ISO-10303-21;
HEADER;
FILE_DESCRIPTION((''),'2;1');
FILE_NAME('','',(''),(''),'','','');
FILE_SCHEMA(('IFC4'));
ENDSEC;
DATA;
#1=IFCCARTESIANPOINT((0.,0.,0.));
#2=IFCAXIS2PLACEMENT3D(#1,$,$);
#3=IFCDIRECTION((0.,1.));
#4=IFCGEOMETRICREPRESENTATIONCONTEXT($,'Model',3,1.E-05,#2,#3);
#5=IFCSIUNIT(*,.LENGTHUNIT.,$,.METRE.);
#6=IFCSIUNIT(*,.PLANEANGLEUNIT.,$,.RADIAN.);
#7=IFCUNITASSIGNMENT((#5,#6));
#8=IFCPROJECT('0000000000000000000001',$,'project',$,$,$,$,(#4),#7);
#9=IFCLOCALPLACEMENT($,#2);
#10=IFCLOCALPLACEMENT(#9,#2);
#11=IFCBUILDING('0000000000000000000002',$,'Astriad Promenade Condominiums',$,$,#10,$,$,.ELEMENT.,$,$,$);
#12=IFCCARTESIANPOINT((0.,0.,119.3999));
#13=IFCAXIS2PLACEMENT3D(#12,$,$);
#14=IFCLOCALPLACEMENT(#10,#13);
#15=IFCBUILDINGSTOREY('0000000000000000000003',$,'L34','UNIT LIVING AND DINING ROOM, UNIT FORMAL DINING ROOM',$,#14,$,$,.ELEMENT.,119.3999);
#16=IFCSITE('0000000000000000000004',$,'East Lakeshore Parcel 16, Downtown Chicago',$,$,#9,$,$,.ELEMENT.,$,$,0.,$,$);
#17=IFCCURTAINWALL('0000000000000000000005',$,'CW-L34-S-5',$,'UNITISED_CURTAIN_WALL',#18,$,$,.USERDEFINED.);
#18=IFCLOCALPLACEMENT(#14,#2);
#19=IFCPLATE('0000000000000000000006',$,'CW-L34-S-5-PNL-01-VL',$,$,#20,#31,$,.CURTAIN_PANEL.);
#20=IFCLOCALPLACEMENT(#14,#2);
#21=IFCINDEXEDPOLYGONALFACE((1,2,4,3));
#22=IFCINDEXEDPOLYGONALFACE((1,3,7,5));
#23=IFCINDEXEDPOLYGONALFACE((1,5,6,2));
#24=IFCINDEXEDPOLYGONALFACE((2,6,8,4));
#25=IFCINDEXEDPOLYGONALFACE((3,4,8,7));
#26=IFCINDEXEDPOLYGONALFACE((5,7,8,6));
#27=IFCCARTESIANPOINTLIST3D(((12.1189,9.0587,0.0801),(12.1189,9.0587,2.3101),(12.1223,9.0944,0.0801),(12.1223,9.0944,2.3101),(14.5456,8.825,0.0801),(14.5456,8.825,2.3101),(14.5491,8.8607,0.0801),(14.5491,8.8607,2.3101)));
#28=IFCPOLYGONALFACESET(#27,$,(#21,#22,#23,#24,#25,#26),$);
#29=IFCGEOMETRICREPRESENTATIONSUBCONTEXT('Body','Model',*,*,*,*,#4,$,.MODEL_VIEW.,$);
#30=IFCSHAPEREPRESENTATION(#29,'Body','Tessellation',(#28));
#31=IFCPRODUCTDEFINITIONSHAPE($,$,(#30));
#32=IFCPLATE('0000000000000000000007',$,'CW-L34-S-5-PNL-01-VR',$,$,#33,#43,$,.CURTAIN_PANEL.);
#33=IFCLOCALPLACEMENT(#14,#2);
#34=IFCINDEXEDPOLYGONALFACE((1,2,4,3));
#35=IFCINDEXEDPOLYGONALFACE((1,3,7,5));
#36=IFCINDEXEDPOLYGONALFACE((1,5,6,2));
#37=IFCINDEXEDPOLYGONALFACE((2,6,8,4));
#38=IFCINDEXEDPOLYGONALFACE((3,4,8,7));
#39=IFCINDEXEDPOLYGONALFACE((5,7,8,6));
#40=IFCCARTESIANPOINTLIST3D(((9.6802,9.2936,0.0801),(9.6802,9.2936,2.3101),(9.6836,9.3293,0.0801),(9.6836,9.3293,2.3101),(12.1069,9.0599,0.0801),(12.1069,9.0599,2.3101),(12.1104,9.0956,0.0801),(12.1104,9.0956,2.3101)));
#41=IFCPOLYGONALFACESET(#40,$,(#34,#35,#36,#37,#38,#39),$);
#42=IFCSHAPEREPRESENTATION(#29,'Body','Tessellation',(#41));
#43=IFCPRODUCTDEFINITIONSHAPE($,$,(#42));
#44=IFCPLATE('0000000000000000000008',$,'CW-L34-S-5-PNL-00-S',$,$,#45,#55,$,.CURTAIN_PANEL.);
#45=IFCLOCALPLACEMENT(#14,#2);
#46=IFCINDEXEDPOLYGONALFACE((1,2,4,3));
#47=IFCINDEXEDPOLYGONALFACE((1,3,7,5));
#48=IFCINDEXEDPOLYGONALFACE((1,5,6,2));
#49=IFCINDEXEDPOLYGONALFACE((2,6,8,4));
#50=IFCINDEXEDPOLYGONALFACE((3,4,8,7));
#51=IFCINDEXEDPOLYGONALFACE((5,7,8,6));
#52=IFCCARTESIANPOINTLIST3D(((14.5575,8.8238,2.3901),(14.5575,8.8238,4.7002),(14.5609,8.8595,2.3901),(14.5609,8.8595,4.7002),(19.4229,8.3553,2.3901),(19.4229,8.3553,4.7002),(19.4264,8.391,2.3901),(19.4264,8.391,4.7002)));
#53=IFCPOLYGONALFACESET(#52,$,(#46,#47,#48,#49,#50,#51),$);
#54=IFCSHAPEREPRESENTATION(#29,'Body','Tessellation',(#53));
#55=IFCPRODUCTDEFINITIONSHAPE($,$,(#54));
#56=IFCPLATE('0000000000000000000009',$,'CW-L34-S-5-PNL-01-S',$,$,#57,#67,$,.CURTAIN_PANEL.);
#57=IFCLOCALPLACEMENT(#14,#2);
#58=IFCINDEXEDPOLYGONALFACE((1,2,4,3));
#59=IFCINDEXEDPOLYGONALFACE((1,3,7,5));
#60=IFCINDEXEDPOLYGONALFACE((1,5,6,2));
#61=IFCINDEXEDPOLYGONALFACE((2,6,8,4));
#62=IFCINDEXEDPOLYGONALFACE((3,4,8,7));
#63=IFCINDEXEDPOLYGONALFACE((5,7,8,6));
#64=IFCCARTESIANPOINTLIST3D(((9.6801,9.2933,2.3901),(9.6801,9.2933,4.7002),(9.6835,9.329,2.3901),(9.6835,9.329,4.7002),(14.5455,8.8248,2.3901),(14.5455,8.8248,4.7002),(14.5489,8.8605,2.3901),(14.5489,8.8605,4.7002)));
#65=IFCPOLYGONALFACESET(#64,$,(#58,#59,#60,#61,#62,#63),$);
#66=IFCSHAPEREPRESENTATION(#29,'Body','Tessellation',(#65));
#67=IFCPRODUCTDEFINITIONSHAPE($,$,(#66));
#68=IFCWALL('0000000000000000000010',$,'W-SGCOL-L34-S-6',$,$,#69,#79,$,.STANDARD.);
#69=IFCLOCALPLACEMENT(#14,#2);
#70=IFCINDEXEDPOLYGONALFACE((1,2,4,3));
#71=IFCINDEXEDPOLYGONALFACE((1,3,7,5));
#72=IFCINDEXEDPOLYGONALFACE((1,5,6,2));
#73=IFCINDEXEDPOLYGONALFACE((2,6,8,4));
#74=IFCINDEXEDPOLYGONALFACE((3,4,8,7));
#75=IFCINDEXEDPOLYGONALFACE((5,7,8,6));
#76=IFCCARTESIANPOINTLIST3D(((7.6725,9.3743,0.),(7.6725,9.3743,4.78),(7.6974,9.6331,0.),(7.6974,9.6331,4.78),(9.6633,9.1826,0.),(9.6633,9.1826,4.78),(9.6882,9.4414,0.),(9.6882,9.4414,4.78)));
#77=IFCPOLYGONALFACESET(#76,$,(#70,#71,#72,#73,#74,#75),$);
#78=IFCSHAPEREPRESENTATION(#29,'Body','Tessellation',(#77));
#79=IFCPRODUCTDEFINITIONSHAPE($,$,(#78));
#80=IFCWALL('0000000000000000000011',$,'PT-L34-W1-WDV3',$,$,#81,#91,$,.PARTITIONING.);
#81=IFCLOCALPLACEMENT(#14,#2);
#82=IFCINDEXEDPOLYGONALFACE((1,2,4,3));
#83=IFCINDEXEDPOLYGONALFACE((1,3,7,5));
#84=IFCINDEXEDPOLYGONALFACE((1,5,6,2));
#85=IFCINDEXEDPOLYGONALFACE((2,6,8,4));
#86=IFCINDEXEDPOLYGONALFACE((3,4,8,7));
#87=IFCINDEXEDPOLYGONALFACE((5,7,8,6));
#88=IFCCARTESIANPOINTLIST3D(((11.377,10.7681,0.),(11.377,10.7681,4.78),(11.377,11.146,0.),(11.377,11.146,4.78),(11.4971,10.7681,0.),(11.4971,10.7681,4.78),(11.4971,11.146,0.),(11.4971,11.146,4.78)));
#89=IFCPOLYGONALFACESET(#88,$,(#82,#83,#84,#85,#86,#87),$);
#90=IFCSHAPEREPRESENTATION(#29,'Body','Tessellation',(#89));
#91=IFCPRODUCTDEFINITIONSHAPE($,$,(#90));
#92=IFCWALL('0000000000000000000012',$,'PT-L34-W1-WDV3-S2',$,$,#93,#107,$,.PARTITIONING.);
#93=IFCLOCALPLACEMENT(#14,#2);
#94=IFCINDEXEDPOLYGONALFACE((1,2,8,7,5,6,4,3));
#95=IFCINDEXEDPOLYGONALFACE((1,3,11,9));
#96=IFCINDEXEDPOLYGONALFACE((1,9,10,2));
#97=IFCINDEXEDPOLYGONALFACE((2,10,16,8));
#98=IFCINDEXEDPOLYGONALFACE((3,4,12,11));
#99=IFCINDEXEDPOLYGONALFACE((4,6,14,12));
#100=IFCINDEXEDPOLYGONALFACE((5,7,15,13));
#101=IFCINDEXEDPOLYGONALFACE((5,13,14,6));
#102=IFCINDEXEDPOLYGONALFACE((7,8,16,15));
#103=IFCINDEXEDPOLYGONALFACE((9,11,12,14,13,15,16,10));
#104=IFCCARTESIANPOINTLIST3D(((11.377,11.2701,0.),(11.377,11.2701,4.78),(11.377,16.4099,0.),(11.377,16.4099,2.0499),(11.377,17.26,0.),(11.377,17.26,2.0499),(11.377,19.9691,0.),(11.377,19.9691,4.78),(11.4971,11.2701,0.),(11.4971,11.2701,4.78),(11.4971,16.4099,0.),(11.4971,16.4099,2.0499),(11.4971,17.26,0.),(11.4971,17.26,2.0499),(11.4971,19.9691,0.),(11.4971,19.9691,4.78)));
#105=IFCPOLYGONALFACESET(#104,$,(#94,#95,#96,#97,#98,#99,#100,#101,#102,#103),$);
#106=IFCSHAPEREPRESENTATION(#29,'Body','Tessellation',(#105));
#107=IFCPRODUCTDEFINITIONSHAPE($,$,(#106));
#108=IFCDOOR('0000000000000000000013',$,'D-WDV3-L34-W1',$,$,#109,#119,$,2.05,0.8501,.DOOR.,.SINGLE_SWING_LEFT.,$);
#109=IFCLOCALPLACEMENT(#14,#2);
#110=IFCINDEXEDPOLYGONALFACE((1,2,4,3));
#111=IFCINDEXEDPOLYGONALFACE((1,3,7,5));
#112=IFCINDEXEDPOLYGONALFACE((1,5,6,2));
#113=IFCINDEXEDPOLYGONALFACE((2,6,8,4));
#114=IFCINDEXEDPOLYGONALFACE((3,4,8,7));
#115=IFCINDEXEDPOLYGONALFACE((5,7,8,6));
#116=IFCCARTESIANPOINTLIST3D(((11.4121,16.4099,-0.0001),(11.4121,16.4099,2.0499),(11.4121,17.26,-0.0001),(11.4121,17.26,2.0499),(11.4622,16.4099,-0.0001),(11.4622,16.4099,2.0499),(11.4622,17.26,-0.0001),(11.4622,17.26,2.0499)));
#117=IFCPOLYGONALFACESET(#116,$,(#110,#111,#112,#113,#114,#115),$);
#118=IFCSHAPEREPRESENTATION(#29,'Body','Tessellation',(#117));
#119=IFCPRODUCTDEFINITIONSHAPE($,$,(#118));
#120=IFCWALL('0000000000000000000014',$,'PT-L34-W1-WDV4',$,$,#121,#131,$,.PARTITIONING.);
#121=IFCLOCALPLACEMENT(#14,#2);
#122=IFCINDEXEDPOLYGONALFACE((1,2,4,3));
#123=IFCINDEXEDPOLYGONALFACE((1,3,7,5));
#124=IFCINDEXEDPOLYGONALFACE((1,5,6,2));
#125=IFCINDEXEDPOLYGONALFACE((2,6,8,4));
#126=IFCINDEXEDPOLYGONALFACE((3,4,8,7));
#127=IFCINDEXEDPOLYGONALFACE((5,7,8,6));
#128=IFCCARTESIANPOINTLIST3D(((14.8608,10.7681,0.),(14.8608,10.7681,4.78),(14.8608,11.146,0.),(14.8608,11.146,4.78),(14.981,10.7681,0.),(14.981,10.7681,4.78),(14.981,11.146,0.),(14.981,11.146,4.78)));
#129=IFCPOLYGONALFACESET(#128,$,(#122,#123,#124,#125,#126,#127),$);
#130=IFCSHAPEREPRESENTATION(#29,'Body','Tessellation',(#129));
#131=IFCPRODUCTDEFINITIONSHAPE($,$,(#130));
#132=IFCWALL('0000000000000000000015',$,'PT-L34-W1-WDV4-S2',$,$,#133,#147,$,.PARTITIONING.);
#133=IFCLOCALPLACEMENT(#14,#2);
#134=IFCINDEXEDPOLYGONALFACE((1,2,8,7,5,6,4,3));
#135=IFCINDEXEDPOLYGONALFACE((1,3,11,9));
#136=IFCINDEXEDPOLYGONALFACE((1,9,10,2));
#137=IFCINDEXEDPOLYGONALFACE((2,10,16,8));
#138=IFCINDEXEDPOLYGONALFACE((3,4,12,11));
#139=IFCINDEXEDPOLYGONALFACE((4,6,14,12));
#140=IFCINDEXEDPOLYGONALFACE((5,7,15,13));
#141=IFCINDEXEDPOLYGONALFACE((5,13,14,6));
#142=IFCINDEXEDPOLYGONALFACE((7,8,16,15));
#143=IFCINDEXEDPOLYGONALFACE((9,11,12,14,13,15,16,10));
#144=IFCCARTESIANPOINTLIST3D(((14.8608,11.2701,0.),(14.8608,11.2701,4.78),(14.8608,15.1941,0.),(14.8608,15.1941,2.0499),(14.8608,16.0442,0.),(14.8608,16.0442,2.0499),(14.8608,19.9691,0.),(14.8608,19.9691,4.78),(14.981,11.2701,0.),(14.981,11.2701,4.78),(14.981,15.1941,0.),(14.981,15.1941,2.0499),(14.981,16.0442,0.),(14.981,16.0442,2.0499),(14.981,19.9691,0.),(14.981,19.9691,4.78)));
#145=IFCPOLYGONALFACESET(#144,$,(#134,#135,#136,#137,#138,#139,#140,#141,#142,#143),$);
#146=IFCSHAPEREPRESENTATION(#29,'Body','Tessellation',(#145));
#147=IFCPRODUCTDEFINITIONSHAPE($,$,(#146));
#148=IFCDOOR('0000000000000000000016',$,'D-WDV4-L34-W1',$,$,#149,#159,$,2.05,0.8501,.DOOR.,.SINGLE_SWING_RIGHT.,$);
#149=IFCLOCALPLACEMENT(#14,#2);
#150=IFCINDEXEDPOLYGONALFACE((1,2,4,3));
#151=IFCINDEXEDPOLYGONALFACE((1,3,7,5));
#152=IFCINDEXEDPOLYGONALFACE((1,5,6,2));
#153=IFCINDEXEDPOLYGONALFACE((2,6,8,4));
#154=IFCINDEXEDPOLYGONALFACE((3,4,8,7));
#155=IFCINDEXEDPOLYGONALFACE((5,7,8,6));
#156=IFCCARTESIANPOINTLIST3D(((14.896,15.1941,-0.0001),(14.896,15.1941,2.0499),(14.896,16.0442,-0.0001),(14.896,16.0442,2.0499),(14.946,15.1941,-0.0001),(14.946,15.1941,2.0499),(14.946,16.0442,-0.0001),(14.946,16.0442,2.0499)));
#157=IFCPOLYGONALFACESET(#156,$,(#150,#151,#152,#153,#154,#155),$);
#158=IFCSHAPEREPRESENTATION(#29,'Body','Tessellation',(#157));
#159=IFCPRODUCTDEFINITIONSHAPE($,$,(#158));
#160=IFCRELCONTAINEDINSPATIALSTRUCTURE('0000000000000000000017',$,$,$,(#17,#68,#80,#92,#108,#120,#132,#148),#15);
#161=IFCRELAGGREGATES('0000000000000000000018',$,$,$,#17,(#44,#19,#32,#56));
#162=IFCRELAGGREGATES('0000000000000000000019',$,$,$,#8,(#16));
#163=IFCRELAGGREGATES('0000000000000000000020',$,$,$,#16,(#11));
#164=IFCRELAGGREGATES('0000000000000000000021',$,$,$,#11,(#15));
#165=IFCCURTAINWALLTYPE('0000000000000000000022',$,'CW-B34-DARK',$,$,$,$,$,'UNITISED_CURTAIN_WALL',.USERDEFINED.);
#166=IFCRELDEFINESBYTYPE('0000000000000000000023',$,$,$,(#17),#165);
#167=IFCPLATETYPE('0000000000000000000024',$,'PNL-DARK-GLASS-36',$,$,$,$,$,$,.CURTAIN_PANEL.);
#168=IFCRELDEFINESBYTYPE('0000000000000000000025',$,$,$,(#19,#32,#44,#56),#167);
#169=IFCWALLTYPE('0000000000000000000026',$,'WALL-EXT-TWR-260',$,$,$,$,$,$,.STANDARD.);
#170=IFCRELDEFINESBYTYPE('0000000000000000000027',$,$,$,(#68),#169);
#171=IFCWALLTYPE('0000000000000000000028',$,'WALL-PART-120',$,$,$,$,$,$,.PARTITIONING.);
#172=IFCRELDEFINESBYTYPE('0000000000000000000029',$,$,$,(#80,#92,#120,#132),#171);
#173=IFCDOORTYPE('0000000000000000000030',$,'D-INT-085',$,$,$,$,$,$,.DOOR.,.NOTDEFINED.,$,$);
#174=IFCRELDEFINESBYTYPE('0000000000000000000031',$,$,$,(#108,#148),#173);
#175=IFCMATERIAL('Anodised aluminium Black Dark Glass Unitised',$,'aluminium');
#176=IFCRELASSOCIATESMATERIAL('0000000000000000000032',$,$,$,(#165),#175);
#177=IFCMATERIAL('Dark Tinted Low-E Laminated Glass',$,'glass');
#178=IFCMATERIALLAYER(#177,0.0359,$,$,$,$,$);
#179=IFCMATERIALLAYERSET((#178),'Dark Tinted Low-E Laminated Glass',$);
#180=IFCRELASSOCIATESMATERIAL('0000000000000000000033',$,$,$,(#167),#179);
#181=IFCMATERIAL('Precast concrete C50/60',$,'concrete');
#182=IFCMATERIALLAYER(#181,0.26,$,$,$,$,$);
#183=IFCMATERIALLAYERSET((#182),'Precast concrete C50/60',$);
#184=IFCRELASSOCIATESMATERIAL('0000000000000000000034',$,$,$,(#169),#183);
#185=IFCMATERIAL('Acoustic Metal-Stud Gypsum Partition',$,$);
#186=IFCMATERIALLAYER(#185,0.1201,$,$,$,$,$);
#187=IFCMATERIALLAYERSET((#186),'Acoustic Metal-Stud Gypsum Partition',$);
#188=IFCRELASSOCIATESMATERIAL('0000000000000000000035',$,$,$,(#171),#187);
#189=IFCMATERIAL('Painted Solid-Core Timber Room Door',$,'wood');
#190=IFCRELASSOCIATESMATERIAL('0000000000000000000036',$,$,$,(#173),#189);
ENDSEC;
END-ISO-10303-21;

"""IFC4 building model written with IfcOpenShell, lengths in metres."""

from ifc_helpers import new_model, si_unit, direction, frame, frame_2d, origin, origin_2d, place, context, subcontext, project, spatial, rectangle, extrude, source, transform, mapped, material, layer, layer_set, type_object, type_shapes, element, fill, aggregate, save


model = new_model("IFC4")

# Units and contexts
model_context = context("Model", 3, precision=1e-05, world=origin(), true_north=direction((0.0, 1.0)))
body_context = subcontext(model_context, "Body", "Model", "MODEL_VIEW")
ifc_project = project(units=[si_unit("LENGTHUNIT", "METRE"), si_unit("PLANEANGLEUNIT", "RADIAN")], contexts=[model_context])

# Site, building, storey
site_placement = place(None, origin())
site = spatial("IfcSite", under=ifc_project, at=site_placement, Name="East Lakeshore Parcel 16, Downtown Chicago", CompositionType="ELEMENT", RefElevation=0.0)
building_placement = place(site_placement, origin())
building = spatial("IfcBuilding", under=site, at=building_placement, Name="Astriad Promenade Condominiums", CompositionType="ELEMENT")
storey_placement = place(building_placement, frame((0.0, 0.0, 119.3999)))
storey = spatial("IfcBuildingStorey", under=building, at=storey_placement, Name="L34", Description="UNIT LIVING AND DINING ROOM, UNIT FORMAL DINING ROOM", CompositionType="ELEMENT", Elevation=119.3999)

# Curtain wall
ifc_material_1 = material(Name="Anodised aluminium Black Dark Glass Unitised", Category="aluminium")
curtain_wall_type = type_object("IfcCurtainWallType", Name="CW-B34-DARK", ElementType="UNITISED_CURTAIN_WALL", PredefinedType="USERDEFINED", material=ifc_material_1)
curtain_wall_placement = place(storey_placement, origin())
curtain_wall = element("IfcCurtainWall", 1, at=curtain_wall_placement, inside=storey, type_object=curtain_wall_type, Name="CW-L34-S-5", ObjectType="UNITISED_CURTAIN_WALL", PredefinedType="USERDEFINED")

# Plates
ifc_material_2 = material(Name="Dark Tinted Low-E Laminated Glass", Category="glass")
ifc_layer_1 = layer(ifc_material_2, 0.0359)
ifc_layer_set_1 = layer_set([ifc_layer_1], Name="Dark Tinted Low-E Laminated Glass")
plate_type_1 = type_object("IfcPlateType", Name="PNL-DARK-GLASS-36", PredefinedType="CURTAIN_PANEL", material=ifc_layer_set_1)
shared_shape_1 = source(origin(), body_context, "Body", "SweptSolid", [
    extrude(rectangle(XDim=2.438, YDim=0.0359, at=origin_2d()), origin(), (0.0, 0.0, 1.0), 2.23),
])
plate_1_placement = place(storey_placement, frame((13.334, 8.9597, 0.0801), z_axis=(0.0, 0.0, 1.0), x_axis=(-0.995396, 0.095846, 0.0)))
plate_1 = element("IfcPlate", 2, at=plate_1_placement, type_object=plate_type_1, Name="CW-L34-S-5-PNL-01-VL", PredefinedType="CURTAIN_PANEL", context=body_context, shape_type="MappedRepresentation", body=[
    mapped(shared_shape_1, transform((0.0, 0.0, 0.0), scale=1.0)),
])
plate_2_placement = place(storey_placement, frame((10.8953, 9.1946, 0.0801), z_axis=(0.0, 0.0, 1.0), x_axis=(-0.995396, 0.095846, 0.0)))
plate_2 = element("IfcPlate", 3, at=plate_2_placement, type_object=plate_type_1, Name="CW-L34-S-5-PNL-01-VR", PredefinedType="CURTAIN_PANEL", context=body_context, shape_type="MappedRepresentation", body=[
    mapped(shared_shape_1, transform((0.0, 0.0, 0.0), scale=1.0)),
])
shared_shape_2 = source(origin(), body_context, "Body", "SweptSolid", [
    extrude(rectangle(XDim=4.8879, YDim=0.0359, at=origin_2d()), origin(), (0.0, 0.0, 1.0), 2.3101),
])
type_shapes(plate_type_1, [shared_shape_1, shared_shape_2])
plate_3_placement = place(storey_placement, frame((16.9919, 8.6074, 2.3901), z_axis=(0.0, 0.0, 1.0), x_axis=(-0.995396, 0.095846, 0.0)))
plate_3 = element("IfcPlate", 4, at=plate_3_placement, type_object=plate_type_1, Name="CW-L34-S-5-PNL-00-S", PredefinedType="CURTAIN_PANEL", context=body_context, shape_type="MappedRepresentation", body=[
    mapped(shared_shape_2, transform((0.0, 0.0, 0.0), scale=1.0)),
])
plate_4_placement = place(storey_placement, frame((12.1145, 9.0769, 2.3901), z_axis=(0.0, 0.0, 1.0), x_axis=(-0.995396, 0.095846, 0.0)))
plate_4 = element("IfcPlate", 5, at=plate_4_placement, type_object=plate_type_1, Name="CW-L34-S-5-PNL-01-S", PredefinedType="CURTAIN_PANEL", context=body_context, shape_type="MappedRepresentation", body=[
    mapped(shared_shape_2, transform((0.0, 0.0, 0.0), scale=1.0)),
])
aggregate(curtain_wall, [plate_3, plate_1, plate_2, plate_4])

# Walls
ifc_material_3 = material(Name="Precast concrete C50/60", Category="concrete")
ifc_layer_2 = layer(ifc_material_3, 0.26)
ifc_layer_set_2 = layer_set([ifc_layer_2], Name="Precast concrete C50/60")
wall_type_1 = type_object("IfcWallType", Name="WALL-EXT-TWR-260", PredefinedType="STANDARD", material=ifc_layer_set_2)
wall_1_placement = place(storey_placement, frame((9.6758, 9.312, 0.0), z_axis=(0.0, 0.0, 1.0), x_axis=(-0.995398, 0.095829, 0.0)))
element("IfcWall", 6, at=wall_1_placement, inside=storey, type_object=wall_type_1, Name="W-SGCOL-L34-S-6", PredefinedType="STANDARD", context=body_context, shape_type="SweptSolid", body=[
    extrude(rectangle(XDim=2.0, YDim=0.26, at=frame_2d((1.0, 0.0))), origin(), (0.0, 0.0, 1.0), 4.78),
])
ifc_material_4 = material(Name="Acoustic Metal-Stud Gypsum Partition")
ifc_layer_3 = layer(ifc_material_4, 0.1201)
ifc_layer_set_3 = layer_set([ifc_layer_3], Name="Acoustic Metal-Stud Gypsum Partition")
wall_type_2 = type_object("IfcWallType", Name="WALL-PART-120", PredefinedType="PARTITIONING", material=ifc_layer_set_3)
wall_2_placement = place(storey_placement, frame((11.437, 10.7681, 0.0), z_axis=(0.0, 0.0, 1.0), x_axis=(0.0, 1.0, 0.0)))
element("IfcWall", 7, at=wall_2_placement, inside=storey, type_object=wall_type_2, Name="PT-L34-W1-WDV3", PredefinedType="PARTITIONING", context=body_context, shape_type="SweptSolid", body=[
    extrude(rectangle(XDim=0.3779, YDim=0.1201, at=frame_2d((0.189, 0.0))), origin(), (0.0, 0.0, 1.0), 4.78),
])

# Wall, opening, door
wall_3_placement = place(storey_placement, frame((11.437, 11.27, 0.0), z_axis=(0.0, 0.0, 1.0), x_axis=(0.0, 1.0, 0.0)))
wall_3 = element("IfcWall", 8, at=wall_3_placement, inside=storey, type_object=wall_type_2, Name="PT-L34-W1-WDV3-S2", PredefinedType="PARTITIONING", context=body_context, shape_type="SweptSolid", body=[
    extrude(rectangle(XDim=8.699, YDim=0.1201, at=frame_2d((4.3496, 0.0))), origin(), (0.0, 0.0, 1.0), 4.78),
])
opening_1_placement = place(wall_3_placement, frame((5.1399, 0.0, 0.0)))
opening_1 = element("IfcOpeningElement", 9, at=opening_1_placement, cuts=wall_3, PredefinedType="OPENING", context=body_context, shape_type="SweptSolid", body=[
    extrude(rectangle(XDim=0.8501, YDim=2.05, at=frame_2d((0.425, 1.0249))), frame((0.0, 0.0701, 0.0), z_axis=(0.0, -1.0, 0.0), x_axis=(1.0, 0.0, 0.0)), (0.0, 0.0, 1.0), 0.1401),
])
ifc_material_5 = material(Name="Painted Solid-Core Timber Room Door", Category="wood")
door_type = type_object("IfcDoorType", Name="D-INT-085", OperationType="NOTDEFINED", PredefinedType="DOOR", material=ifc_material_5)
shared_shape_3 = source(origin(), body_context, "Body", "SweptSolid", [
    extrude(rectangle(XDim=0.8501, YDim=2.05, at=frame_2d((0.425, 1.0249))), frame((0.0, 0.0249, 0.0), z_axis=(0.0, -1.0, 0.0), x_axis=(1.0, 0.0, 0.0)), (0.0, 0.0, 1.0), 0.05),
])
type_shapes(door_type, [shared_shape_3])
door_1_placement = place(opening_1_placement, origin())
door_1 = element("IfcDoor", 10, at=door_1_placement, inside=storey, type_object=door_type, Name="D-WDV3-L34-W1", OperationType="SINGLE_SWING_LEFT", OverallHeight=2.05, OverallWidth=0.8501, PredefinedType="DOOR", context=body_context, shape_type="MappedRepresentation", body=[
    mapped(shared_shape_3, transform((0.0, 0.0, 0.0), scale=1.0)),
])
fill(opening_1, door_1)

# Wall
wall_4_placement = place(storey_placement, frame((14.9209, 10.7681, 0.0), z_axis=(0.0, 0.0, 1.0), x_axis=(0.0, 1.0, 0.0)))
element("IfcWall", 11, at=wall_4_placement, inside=storey, type_object=wall_type_2, Name="PT-L34-W1-WDV4", PredefinedType="PARTITIONING", context=body_context, shape_type="SweptSolid", body=[
    extrude(rectangle(XDim=0.3779, YDim=0.1201, at=frame_2d((0.189, 0.0))), origin(), (0.0, 0.0, 1.0), 4.78),
])

# Wall, opening, door
wall_5_placement = place(storey_placement, frame((14.9209, 11.27, 0.0), z_axis=(0.0, 0.0, 1.0), x_axis=(0.0, 1.0, 0.0)))
wall_5 = element("IfcWall", 12, at=wall_5_placement, inside=storey, type_object=wall_type_2, Name="PT-L34-W1-WDV4-S2", PredefinedType="PARTITIONING", context=body_context, shape_type="SweptSolid", body=[
    extrude(rectangle(XDim=8.699, YDim=0.1201, at=frame_2d((4.3496, 0.0))), origin(), (0.0, 0.0, 1.0), 4.78),
])
opening_2_placement = place(wall_5_placement, frame((3.9241, 0.0, 0.0)))
opening_2 = element("IfcOpeningElement", 13, at=opening_2_placement, cuts=wall_5, PredefinedType="OPENING", context=body_context, shape_type="SweptSolid", body=[
    extrude(rectangle(XDim=0.8501, YDim=2.05, at=frame_2d((0.425, 1.0249))), frame((0.0, 0.0701, 0.0), z_axis=(0.0, -1.0, 0.0), x_axis=(1.0, 0.0, 0.0)), (0.0, 0.0, 1.0), 0.1401),
])
door_2_placement = place(opening_2_placement, origin())
door_2 = element("IfcDoor", 14, at=door_2_placement, inside=storey, type_object=door_type, Name="D-WDV4-L34-W1", OperationType="SINGLE_SWING_RIGHT", OverallHeight=2.05, OverallWidth=0.8501, PredefinedType="DOOR", context=body_context, shape_type="MappedRepresentation", body=[
    mapped(shared_shape_3, transform((0.0, 0.0, 0.0), scale=1.0)),
])
fill(opening_2, door_2)

save(model, "model.ifc")
